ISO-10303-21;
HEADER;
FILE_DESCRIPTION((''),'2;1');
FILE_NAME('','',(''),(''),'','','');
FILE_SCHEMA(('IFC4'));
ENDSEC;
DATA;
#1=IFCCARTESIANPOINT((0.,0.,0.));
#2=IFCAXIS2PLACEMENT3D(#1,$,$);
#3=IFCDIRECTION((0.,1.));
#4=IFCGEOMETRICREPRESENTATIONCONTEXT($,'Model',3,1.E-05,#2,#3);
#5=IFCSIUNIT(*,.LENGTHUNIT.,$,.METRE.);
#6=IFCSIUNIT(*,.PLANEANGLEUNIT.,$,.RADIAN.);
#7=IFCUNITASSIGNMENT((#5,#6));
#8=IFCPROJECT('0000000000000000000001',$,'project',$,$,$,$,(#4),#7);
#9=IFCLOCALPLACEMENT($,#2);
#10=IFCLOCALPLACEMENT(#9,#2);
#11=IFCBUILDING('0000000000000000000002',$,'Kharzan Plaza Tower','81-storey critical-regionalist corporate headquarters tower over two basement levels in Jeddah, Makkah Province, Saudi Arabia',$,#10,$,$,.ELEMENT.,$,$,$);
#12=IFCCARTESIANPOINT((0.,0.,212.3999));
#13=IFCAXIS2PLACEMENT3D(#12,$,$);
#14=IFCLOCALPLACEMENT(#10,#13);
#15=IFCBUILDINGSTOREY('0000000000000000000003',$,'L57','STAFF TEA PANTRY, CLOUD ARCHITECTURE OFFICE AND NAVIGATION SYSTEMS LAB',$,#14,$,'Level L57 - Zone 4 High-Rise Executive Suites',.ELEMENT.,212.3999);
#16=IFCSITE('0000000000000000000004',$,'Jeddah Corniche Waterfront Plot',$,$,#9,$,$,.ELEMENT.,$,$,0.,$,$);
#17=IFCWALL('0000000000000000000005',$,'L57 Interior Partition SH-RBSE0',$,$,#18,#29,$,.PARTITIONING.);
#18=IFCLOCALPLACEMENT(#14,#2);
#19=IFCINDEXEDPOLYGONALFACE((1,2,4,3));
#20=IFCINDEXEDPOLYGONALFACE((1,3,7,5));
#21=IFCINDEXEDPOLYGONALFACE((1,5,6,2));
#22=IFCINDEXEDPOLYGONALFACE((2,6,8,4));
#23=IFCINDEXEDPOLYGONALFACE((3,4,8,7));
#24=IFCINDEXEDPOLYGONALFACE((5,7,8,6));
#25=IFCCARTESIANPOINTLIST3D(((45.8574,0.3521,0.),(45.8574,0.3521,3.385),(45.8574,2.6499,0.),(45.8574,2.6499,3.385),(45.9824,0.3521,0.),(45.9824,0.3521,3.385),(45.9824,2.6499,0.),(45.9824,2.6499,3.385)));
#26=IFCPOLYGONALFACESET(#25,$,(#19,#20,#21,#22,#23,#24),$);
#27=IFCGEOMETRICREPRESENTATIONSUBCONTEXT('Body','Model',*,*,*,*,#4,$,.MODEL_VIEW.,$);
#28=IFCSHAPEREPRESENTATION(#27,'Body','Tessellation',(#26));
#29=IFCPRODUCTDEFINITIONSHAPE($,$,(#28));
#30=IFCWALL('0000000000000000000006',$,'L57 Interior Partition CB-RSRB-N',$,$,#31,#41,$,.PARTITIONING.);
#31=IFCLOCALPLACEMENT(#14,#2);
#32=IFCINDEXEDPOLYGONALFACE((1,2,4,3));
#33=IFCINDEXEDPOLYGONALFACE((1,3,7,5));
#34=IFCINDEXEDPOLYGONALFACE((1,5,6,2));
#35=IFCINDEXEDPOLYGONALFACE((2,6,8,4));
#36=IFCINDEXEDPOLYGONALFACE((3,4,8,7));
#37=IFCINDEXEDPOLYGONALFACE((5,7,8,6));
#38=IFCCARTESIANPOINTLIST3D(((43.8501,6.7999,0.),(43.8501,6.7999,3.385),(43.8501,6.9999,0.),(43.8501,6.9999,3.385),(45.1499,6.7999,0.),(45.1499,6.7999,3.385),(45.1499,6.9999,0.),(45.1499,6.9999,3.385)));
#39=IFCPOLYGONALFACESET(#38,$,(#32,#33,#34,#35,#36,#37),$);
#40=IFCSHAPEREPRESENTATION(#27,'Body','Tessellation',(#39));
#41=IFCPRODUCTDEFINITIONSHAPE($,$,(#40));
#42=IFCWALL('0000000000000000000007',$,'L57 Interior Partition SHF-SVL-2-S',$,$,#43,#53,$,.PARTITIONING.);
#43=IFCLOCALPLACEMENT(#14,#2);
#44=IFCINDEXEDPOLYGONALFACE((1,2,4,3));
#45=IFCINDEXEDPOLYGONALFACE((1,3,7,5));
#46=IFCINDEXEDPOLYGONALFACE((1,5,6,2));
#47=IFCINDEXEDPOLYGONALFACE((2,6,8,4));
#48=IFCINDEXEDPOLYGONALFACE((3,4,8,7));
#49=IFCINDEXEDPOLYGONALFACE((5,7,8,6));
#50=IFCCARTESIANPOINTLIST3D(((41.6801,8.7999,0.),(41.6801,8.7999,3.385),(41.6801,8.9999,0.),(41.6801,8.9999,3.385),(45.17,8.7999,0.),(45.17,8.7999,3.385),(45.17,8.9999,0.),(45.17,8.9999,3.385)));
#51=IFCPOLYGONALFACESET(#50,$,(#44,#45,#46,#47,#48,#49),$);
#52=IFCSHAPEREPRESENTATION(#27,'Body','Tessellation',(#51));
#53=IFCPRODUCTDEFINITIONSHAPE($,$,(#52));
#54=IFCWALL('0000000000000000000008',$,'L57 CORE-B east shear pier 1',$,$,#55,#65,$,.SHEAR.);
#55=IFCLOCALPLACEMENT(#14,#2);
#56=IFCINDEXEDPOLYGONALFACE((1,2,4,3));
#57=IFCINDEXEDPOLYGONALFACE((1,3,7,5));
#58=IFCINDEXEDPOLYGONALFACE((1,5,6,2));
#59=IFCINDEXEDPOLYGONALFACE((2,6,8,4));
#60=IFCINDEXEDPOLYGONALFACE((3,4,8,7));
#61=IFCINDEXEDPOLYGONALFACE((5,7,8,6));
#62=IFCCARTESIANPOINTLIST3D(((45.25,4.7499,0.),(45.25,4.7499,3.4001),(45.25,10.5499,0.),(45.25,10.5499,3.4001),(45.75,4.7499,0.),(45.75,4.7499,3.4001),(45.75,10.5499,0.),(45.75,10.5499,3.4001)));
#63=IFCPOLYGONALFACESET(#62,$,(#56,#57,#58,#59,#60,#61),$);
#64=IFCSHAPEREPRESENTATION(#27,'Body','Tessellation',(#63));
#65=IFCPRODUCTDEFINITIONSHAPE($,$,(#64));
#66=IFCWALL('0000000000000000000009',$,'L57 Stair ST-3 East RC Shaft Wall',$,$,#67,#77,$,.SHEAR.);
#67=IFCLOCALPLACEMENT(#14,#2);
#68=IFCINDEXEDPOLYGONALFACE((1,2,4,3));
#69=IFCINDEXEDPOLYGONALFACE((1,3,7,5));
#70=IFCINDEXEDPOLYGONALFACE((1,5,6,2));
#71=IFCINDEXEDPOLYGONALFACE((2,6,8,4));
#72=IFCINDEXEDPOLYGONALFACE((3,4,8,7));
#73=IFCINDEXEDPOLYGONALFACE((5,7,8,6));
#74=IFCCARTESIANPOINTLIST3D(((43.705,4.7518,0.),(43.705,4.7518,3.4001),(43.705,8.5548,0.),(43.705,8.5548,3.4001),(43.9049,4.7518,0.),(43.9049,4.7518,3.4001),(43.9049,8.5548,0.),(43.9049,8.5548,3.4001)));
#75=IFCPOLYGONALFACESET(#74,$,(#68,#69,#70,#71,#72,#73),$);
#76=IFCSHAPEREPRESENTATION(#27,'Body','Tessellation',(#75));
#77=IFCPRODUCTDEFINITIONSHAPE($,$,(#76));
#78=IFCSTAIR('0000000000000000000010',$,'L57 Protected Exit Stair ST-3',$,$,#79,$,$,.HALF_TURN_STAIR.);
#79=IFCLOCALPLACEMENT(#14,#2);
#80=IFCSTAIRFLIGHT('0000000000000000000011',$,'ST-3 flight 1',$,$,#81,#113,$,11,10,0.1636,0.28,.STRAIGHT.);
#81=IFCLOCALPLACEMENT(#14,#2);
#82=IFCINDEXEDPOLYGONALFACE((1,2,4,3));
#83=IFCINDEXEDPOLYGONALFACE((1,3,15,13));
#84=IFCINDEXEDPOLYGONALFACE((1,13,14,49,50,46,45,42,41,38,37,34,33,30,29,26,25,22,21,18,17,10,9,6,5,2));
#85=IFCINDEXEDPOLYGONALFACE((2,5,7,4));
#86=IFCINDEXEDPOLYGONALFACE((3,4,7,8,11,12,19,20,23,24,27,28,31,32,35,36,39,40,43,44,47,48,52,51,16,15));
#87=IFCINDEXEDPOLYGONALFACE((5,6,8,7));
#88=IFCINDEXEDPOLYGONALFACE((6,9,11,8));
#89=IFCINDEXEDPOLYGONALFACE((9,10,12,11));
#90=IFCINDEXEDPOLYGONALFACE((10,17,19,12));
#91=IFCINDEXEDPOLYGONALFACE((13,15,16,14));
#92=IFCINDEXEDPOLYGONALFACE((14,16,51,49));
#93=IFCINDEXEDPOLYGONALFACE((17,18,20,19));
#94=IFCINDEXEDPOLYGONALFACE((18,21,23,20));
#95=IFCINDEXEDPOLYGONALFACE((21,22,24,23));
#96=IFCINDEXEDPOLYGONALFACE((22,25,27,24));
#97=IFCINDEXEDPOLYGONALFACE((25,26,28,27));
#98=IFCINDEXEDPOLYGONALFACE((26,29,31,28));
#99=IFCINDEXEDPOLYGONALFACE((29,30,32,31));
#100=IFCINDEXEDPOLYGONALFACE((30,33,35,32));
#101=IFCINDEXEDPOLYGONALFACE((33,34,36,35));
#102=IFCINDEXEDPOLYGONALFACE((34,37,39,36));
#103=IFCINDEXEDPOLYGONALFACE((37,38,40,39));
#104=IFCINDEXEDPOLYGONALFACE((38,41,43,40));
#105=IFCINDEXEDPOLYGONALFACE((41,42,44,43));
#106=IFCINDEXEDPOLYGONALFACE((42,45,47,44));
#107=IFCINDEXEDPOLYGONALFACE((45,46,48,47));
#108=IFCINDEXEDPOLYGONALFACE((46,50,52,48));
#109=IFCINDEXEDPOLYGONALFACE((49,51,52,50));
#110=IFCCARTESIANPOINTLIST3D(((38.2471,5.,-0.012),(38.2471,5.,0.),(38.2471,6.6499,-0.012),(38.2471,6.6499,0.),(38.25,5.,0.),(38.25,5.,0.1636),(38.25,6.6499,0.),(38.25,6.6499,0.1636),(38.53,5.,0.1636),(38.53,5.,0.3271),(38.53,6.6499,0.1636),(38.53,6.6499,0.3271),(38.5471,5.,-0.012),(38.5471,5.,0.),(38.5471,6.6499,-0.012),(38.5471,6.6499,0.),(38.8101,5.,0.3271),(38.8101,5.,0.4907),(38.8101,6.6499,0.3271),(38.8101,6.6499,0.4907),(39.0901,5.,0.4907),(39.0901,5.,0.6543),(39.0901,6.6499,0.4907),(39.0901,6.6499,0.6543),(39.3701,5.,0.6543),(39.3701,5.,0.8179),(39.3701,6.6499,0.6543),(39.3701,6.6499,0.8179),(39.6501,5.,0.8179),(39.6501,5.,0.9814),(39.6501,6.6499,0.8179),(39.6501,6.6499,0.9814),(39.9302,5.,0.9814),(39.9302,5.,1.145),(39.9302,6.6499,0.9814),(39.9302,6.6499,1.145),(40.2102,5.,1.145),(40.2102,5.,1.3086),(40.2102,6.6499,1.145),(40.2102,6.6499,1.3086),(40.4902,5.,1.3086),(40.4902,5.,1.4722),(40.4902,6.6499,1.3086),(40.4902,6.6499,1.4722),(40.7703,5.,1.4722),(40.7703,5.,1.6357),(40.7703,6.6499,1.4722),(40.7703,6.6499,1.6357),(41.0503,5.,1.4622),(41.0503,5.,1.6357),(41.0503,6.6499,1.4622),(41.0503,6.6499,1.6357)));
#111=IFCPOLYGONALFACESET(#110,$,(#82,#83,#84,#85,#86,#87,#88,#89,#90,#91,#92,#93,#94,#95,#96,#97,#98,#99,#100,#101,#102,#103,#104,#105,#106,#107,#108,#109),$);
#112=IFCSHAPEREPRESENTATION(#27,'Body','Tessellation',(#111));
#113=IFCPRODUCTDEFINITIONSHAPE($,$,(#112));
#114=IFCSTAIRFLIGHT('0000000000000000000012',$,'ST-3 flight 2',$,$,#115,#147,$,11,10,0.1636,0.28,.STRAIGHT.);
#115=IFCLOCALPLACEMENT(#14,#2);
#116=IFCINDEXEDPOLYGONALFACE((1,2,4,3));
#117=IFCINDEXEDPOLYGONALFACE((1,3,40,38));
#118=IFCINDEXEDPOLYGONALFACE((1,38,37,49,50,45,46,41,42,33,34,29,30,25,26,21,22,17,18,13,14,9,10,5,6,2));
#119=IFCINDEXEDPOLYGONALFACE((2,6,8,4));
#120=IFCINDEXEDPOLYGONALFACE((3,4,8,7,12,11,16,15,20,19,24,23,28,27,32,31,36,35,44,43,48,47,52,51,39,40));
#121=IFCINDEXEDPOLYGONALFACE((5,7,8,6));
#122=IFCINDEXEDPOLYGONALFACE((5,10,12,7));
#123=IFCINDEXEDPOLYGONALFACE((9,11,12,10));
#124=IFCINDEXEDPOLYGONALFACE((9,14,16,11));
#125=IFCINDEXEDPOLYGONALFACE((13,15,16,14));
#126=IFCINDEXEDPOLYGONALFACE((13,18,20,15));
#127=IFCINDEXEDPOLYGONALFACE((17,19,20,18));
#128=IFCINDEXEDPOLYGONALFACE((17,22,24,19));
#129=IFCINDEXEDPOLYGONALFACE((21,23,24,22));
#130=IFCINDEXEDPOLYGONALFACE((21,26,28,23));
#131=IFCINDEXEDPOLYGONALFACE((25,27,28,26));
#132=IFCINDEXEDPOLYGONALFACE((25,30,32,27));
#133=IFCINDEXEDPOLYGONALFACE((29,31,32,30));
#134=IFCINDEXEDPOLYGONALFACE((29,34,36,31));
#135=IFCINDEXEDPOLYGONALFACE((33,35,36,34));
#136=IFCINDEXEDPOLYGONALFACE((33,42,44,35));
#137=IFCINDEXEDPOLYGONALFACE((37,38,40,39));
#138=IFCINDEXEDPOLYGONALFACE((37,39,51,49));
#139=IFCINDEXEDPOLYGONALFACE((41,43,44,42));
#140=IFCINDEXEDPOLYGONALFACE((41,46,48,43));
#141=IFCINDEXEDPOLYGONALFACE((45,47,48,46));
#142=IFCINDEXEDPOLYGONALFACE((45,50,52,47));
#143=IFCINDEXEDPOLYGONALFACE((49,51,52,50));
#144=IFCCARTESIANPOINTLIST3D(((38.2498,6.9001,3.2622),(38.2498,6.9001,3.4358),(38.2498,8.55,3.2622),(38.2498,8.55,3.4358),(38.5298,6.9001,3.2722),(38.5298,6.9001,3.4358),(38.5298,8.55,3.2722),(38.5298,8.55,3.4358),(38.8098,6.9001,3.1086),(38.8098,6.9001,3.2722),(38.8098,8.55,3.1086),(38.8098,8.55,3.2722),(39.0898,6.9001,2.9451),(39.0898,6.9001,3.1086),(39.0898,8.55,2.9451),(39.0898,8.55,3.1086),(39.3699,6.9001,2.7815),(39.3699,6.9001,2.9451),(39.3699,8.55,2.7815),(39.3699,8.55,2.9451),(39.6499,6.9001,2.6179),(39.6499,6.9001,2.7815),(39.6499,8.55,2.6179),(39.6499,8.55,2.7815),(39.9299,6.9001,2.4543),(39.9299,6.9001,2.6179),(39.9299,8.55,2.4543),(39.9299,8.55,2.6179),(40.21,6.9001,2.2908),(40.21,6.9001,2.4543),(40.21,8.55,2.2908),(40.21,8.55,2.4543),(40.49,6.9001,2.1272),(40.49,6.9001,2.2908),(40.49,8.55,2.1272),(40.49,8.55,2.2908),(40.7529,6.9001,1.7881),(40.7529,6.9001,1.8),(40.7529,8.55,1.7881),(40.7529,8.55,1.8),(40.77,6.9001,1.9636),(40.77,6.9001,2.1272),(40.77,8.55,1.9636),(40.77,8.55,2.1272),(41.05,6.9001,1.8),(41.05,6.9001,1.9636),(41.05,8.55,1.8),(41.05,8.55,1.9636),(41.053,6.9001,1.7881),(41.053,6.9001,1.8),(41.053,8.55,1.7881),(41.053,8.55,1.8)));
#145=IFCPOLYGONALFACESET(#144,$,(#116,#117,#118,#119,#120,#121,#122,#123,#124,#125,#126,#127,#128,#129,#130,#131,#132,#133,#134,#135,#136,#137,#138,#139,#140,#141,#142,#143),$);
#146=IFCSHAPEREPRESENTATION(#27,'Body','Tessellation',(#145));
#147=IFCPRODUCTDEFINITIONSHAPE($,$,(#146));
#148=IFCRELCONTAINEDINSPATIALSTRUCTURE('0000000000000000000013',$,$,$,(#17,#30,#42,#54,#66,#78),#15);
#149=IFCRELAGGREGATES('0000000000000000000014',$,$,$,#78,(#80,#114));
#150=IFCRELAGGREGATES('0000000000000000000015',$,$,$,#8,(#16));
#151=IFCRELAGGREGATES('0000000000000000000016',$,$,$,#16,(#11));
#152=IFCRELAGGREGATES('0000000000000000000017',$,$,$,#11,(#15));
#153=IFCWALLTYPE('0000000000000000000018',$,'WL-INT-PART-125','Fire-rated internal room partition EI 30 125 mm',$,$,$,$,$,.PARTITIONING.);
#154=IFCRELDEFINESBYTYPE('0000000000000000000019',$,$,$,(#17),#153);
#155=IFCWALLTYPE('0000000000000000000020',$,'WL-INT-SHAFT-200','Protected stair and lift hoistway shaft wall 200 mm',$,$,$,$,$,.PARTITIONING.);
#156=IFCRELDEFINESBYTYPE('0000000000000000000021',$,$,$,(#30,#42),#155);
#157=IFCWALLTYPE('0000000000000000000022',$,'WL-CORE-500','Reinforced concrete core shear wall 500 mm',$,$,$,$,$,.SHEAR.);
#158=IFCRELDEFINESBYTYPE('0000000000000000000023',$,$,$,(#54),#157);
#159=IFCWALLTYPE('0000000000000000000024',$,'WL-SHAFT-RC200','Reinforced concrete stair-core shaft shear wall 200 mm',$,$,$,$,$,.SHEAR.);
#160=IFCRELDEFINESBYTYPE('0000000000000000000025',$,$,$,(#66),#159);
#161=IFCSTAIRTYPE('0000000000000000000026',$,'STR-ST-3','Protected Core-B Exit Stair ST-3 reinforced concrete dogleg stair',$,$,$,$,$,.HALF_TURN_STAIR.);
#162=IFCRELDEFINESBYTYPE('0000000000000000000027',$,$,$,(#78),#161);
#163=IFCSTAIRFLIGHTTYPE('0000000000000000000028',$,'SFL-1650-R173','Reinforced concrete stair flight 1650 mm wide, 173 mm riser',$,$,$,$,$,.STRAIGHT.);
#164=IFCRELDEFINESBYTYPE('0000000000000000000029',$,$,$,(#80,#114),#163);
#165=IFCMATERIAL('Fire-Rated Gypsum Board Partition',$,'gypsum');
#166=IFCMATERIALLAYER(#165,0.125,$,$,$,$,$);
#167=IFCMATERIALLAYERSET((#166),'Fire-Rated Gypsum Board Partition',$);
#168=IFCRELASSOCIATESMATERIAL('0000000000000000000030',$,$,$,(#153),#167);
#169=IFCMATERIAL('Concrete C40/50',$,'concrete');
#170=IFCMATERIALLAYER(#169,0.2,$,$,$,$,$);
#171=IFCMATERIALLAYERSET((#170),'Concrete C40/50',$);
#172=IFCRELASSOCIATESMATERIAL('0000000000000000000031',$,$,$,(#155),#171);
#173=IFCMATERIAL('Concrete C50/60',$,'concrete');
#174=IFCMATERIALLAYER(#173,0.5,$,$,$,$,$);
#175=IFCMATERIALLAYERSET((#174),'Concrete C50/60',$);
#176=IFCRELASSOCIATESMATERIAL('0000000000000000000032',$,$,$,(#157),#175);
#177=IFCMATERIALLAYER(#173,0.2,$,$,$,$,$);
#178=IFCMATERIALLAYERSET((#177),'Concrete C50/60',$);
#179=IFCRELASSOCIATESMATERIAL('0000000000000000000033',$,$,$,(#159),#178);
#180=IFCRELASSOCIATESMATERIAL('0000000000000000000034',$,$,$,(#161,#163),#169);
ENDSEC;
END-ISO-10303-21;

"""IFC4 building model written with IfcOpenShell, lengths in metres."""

from ifc_helpers import new_model, si_unit, direction, frame, frame_2d, origin, place, context, subcontext, project, spatial, polyline, rectangle, outline, extrude, source, transform, mapped, material, layer, layer_set, type_object, element, aggregate, save


model = new_model("IFC4")

# Units and contexts
model_context = context("Model", 3, precision=1e-05, world=origin(), true_north=direction((0.0, 1.0)))
body_context = subcontext(model_context, "Body", "Model", "MODEL_VIEW")
ifc_project = project(units=[si_unit("LENGTHUNIT", "METRE"), si_unit("PLANEANGLEUNIT", "RADIAN")], contexts=[model_context])

# Site, building, storey
site_placement = place(None, origin())
site = spatial("IfcSite", under=ifc_project, at=site_placement, Name="Jeddah Corniche Waterfront Plot", CompositionType="ELEMENT", RefElevation=0.0)
building_placement = place(site_placement, origin())
building = spatial("IfcBuilding", under=site, at=building_placement, Name="Kharzan Plaza Tower", Description="81-storey critical-regionalist corporate headquarters tower over two basement levels in Jeddah, Makkah Province, Saudi Arabia", CompositionType="ELEMENT")
storey_placement = place(building_placement, frame((0.0, 0.0, 212.3999)))
storey = spatial("IfcBuildingStorey", under=building, at=storey_placement, Name="L57", Description="STAFF TEA PANTRY, CLOUD ARCHITECTURE OFFICE AND NAVIGATION SYSTEMS LAB", LongName="Level L57 - Zone 4 High-Rise Executive Suites", CompositionType="ELEMENT", Elevation=212.3999)

# Shared definitions
ifc_material_1 = material(Name="Concrete C50/60", Category="concrete")

# Shared definitions
ifc_material_2 = material(Name="Concrete C40/50", Category="concrete")

# Shared definitions
ifc_material_3 = material(Name="Fire-Rated Gypsum Board Partition", Category="gypsum")
ifc_layer_1 = layer(ifc_material_3, 0.125)
ifc_layer_set_1 = layer_set([ifc_layer_1], Name="Fire-Rated Gypsum Board Partition")
wall_type_1 = type_object("IfcWallType", Name="WL-INT-PART-125", Description="Fire-rated internal room partition EI 30 125 mm", PredefinedType="PARTITIONING", material=ifc_layer_set_1)
ifc_layer_2 = layer(ifc_material_2, 0.2)
ifc_layer_set_2 = layer_set([ifc_layer_2], Name="Concrete C40/50")
wall_type_2 = type_object("IfcWallType", Name="WL-INT-SHAFT-200", Description="Protected stair and lift hoistway shaft wall 200 mm", PredefinedType="PARTITIONING", material=ifc_layer_set_2)

# Walls
shared_shape_1 = source(origin(), body_context, "Body", "SweptSolid", [
    extrude(rectangle(XDim=2.2979, YDim=0.125, at=frame_2d((1.1489, 0.0))), origin(), (0.0, 0.0, 1.0), 3.385),
])
wall_1_placement = place(storey_placement, frame((45.9199, 0.3521, 0.0), z_axis=(0.0, 0.0, 1.0), x_axis=(0.0, 1.0, 0.0)))
element("IfcWall", 1, at=wall_1_placement, inside=storey, type_object=wall_type_1, Name="L57 Interior Partition SH-RBSE0", PredefinedType="PARTITIONING", context=body_context, shape_type="MappedRepresentation", body=[
    mapped(shared_shape_1, transform((0.0, 0.0, 0.0), x_axis=(1.0, 0.0, 0.0), y_axis=(0.0, 1.0, 0.0), z_axis=(0.0, 0.0, 1.0))),
])
shared_shape_2 = source(origin(), body_context, "Body", "SweptSolid", [
    extrude(rectangle(XDim=1.2998, YDim=0.2, at=frame_2d((0.6499, 0.0))), origin(), (0.0, 0.0, 1.0), 3.385),
])
wall_2_placement = place(storey_placement, frame((43.8501, 6.8999, 0.0), z_axis=(0.0, 0.0, 1.0), x_axis=(1.0, 0.0, 0.0)))
element("IfcWall", 2, at=wall_2_placement, inside=storey, type_object=wall_type_2, Name="L57 Interior Partition CB-RSRB-N", PredefinedType="PARTITIONING", context=body_context, shape_type="MappedRepresentation", body=[
    mapped(shared_shape_2, transform((0.0, 0.0, 0.0), x_axis=(1.0, 0.0, 0.0), y_axis=(0.0, 1.0, 0.0), z_axis=(0.0, 0.0, 1.0))),
])
shared_shape_3 = source(origin(), body_context, "Body", "SweptSolid", [
    extrude(rectangle(XDim=3.49, YDim=0.2, at=frame_2d((1.7451, 0.0))), origin(), (0.0, 0.0, 1.0), 3.385),
])
wall_3_placement = place(storey_placement, frame((41.6799, 8.8999, 0.0), z_axis=(0.0, 0.0, 1.0), x_axis=(1.0, 0.0, 0.0)))
element("IfcWall", 3, at=wall_3_placement, inside=storey, type_object=wall_type_2, Name="L57 Interior Partition SHF-SVL-2-S", PredefinedType="PARTITIONING", context=body_context, shape_type="MappedRepresentation", body=[
    mapped(shared_shape_3, transform((0.0, 0.0, 0.0), x_axis=(1.0, 0.0, 0.0), y_axis=(0.0, 1.0, 0.0), z_axis=(0.0, 0.0, 1.0))),
])
ifc_layer_3 = layer(ifc_material_1, 0.5)
ifc_layer_set_3 = layer_set([ifc_layer_3], Name="Concrete C50/60")
wall_type_3 = type_object("IfcWallType", Name="WL-CORE-500", Description="Reinforced concrete core shear wall 500 mm", PredefinedType="SHEAR", material=ifc_layer_set_3)
shared_shape_4 = source(origin(), body_context, "Body", "SweptSolid", [
    extrude(rectangle(XDim=5.8, YDim=0.5, at=frame_2d((2.8999, 0.0))), origin(), (0.0, 0.0, 1.0), 3.4001),
])
wall_4_placement = place(storey_placement, frame((45.5, 4.75, 0.0), z_axis=(0.0, 0.0, 1.0), x_axis=(0.0, 1.0, 0.0)))
element("IfcWall", 4, at=wall_4_placement, inside=storey, type_object=wall_type_3, Name="L57 CORE-B east shear pier 1", PredefinedType="SHEAR", context=body_context, shape_type="MappedRepresentation", body=[
    mapped(shared_shape_4, transform((0.0, 0.0, 0.0), x_axis=(1.0, 0.0, 0.0), y_axis=(0.0, 1.0, 0.0), z_axis=(0.0, 0.0, 1.0))),
])
ifc_layer_4 = layer(ifc_material_1, 0.2)
ifc_layer_set_4 = layer_set([ifc_layer_4], Name="Concrete C50/60")
wall_type_4 = type_object("IfcWallType", Name="WL-SHAFT-RC200", Description="Reinforced concrete stair-core shaft shear wall 200 mm", PredefinedType="SHEAR", material=ifc_layer_set_4)
shared_shape_5 = source(origin(), body_context, "Body", "SweptSolid", [
    extrude(rectangle(XDim=3.803, YDim=0.2, at=frame_2d((1.9014, 0.0))), origin(), (0.0, 0.0, 1.0), 3.4001),
])
wall_5_placement = place(storey_placement, frame((43.8049, 4.752, 0.0), z_axis=(0.0, 0.0, 1.0), x_axis=(0.0, 1.0, 0.0)))
element("IfcWall", 5, at=wall_5_placement, inside=storey, type_object=wall_type_4, Name="L57 Stair ST-3 East RC Shaft Wall", PredefinedType="SHEAR", context=body_context, shape_type="MappedRepresentation", body=[
    mapped(shared_shape_5, transform((0.0, 0.0, 0.0), x_axis=(1.0, 0.0, 0.0), y_axis=(0.0, 1.0, 0.0), z_axis=(0.0, 0.0, 1.0))),
])

# Stair, stair flights
stair_type = type_object("IfcStairType", Name="STR-ST-3", Description="Protected Core-B Exit Stair ST-3 reinforced concrete dogleg stair", PredefinedType="HALF_TURN_STAIR", material=ifc_material_2)
stair_placement = place(storey_placement, origin())
stair = element("IfcStair", 6, at=stair_placement, inside=storey, type_object=stair_type, Name="L57 Protected Exit Stair ST-3", PredefinedType="HALF_TURN_STAIR")
stair_flight_type = type_object("IfcStairFlightType", Name="SFL-1650-R173", Description="Reinforced concrete stair flight 1650 mm wide, 173 mm riser", PredefinedType="STRAIGHT", material=ifc_material_2)
shared_shape_6 = source(origin(), body_context, "Body", "SweptSolid", [
    extrude(outline(polyline([(-0.0029, -0.012), (-0.0029, 0.0), (0.0, 0.0), (0.0, 0.1636), (0.28, 0.1636), (0.28, 0.3271), (0.5601, 0.3271), (0.5601, 0.4907), (0.8401, 0.4907), (0.8401, 0.6543), (1.1201, 0.6543), (1.1201, 0.8179), (1.4001, 0.8179), (1.4001, 0.9814), (1.6802, 0.9814), (1.6802, 1.145), (1.9602, 1.145), (1.9602, 1.3086), (2.2402, 1.3086), (2.2402, 1.4722), (2.5203, 1.4722), (2.5203, 1.6357), (2.8003, 1.6357), (2.8003, 1.7993), (2.8003, 1.4622), (0.2971, 0.0), (0.2971, -0.012), (-0.0029, -0.012)])), frame((0.0, 0.825, 0.0), z_axis=(0.0, -1.0, 0.0), x_axis=(1.0, 0.0, 0.0)), (0.0, 0.0, 1.0), 1.6499),
])
stair_flight_1_placement = place(storey_placement, frame((38.25, 5.825, 0.0), z_axis=(0.0, 0.0, 1.0), x_axis=(1.0, 0.0, 0.0)))
stair_flight_1 = element("IfcStairFlight", 7, at=stair_flight_1_placement, type_object=stair_flight_type, Name="ST-3 flight 1", NumberOfRisers=11, NumberOfTreads=10, PredefinedType="STRAIGHT", RiserHeight=0.1636, TreadLength=0.28, context=body_context, shape_type="MappedRepresentation", body=[
    mapped(shared_shape_6, transform((0.0, 0.0, 0.0), x_axis=(1.0, 0.0, 0.0), y_axis=(0.0, 1.0, 0.0), z_axis=(0.0, 0.0, 1.0))),
])
stair_flight_2_placement = place(storey_placement, frame((41.05, 7.7251, 1.8), z_axis=(0.0, 0.0, 1.0), x_axis=(-1.0, 0.0, 0.0)))
stair_flight_2 = element("IfcStairFlight", 8, at=stair_flight_2_placement, type_object=stair_flight_type, Name="ST-3 flight 2", NumberOfRisers=11, NumberOfTreads=10, PredefinedType="STRAIGHT", RiserHeight=0.1636, TreadLength=0.28, context=body_context, shape_type="MappedRepresentation", body=[
    mapped(shared_shape_6, transform((0.0, 0.0, 0.0), x_axis=(1.0, 0.0, 0.0), y_axis=(0.0, 1.0, 0.0), z_axis=(0.0, 0.0, 1.0))),
])
aggregate(stair, [stair_flight_1, stair_flight_2])

save(model, "model.ifc")
